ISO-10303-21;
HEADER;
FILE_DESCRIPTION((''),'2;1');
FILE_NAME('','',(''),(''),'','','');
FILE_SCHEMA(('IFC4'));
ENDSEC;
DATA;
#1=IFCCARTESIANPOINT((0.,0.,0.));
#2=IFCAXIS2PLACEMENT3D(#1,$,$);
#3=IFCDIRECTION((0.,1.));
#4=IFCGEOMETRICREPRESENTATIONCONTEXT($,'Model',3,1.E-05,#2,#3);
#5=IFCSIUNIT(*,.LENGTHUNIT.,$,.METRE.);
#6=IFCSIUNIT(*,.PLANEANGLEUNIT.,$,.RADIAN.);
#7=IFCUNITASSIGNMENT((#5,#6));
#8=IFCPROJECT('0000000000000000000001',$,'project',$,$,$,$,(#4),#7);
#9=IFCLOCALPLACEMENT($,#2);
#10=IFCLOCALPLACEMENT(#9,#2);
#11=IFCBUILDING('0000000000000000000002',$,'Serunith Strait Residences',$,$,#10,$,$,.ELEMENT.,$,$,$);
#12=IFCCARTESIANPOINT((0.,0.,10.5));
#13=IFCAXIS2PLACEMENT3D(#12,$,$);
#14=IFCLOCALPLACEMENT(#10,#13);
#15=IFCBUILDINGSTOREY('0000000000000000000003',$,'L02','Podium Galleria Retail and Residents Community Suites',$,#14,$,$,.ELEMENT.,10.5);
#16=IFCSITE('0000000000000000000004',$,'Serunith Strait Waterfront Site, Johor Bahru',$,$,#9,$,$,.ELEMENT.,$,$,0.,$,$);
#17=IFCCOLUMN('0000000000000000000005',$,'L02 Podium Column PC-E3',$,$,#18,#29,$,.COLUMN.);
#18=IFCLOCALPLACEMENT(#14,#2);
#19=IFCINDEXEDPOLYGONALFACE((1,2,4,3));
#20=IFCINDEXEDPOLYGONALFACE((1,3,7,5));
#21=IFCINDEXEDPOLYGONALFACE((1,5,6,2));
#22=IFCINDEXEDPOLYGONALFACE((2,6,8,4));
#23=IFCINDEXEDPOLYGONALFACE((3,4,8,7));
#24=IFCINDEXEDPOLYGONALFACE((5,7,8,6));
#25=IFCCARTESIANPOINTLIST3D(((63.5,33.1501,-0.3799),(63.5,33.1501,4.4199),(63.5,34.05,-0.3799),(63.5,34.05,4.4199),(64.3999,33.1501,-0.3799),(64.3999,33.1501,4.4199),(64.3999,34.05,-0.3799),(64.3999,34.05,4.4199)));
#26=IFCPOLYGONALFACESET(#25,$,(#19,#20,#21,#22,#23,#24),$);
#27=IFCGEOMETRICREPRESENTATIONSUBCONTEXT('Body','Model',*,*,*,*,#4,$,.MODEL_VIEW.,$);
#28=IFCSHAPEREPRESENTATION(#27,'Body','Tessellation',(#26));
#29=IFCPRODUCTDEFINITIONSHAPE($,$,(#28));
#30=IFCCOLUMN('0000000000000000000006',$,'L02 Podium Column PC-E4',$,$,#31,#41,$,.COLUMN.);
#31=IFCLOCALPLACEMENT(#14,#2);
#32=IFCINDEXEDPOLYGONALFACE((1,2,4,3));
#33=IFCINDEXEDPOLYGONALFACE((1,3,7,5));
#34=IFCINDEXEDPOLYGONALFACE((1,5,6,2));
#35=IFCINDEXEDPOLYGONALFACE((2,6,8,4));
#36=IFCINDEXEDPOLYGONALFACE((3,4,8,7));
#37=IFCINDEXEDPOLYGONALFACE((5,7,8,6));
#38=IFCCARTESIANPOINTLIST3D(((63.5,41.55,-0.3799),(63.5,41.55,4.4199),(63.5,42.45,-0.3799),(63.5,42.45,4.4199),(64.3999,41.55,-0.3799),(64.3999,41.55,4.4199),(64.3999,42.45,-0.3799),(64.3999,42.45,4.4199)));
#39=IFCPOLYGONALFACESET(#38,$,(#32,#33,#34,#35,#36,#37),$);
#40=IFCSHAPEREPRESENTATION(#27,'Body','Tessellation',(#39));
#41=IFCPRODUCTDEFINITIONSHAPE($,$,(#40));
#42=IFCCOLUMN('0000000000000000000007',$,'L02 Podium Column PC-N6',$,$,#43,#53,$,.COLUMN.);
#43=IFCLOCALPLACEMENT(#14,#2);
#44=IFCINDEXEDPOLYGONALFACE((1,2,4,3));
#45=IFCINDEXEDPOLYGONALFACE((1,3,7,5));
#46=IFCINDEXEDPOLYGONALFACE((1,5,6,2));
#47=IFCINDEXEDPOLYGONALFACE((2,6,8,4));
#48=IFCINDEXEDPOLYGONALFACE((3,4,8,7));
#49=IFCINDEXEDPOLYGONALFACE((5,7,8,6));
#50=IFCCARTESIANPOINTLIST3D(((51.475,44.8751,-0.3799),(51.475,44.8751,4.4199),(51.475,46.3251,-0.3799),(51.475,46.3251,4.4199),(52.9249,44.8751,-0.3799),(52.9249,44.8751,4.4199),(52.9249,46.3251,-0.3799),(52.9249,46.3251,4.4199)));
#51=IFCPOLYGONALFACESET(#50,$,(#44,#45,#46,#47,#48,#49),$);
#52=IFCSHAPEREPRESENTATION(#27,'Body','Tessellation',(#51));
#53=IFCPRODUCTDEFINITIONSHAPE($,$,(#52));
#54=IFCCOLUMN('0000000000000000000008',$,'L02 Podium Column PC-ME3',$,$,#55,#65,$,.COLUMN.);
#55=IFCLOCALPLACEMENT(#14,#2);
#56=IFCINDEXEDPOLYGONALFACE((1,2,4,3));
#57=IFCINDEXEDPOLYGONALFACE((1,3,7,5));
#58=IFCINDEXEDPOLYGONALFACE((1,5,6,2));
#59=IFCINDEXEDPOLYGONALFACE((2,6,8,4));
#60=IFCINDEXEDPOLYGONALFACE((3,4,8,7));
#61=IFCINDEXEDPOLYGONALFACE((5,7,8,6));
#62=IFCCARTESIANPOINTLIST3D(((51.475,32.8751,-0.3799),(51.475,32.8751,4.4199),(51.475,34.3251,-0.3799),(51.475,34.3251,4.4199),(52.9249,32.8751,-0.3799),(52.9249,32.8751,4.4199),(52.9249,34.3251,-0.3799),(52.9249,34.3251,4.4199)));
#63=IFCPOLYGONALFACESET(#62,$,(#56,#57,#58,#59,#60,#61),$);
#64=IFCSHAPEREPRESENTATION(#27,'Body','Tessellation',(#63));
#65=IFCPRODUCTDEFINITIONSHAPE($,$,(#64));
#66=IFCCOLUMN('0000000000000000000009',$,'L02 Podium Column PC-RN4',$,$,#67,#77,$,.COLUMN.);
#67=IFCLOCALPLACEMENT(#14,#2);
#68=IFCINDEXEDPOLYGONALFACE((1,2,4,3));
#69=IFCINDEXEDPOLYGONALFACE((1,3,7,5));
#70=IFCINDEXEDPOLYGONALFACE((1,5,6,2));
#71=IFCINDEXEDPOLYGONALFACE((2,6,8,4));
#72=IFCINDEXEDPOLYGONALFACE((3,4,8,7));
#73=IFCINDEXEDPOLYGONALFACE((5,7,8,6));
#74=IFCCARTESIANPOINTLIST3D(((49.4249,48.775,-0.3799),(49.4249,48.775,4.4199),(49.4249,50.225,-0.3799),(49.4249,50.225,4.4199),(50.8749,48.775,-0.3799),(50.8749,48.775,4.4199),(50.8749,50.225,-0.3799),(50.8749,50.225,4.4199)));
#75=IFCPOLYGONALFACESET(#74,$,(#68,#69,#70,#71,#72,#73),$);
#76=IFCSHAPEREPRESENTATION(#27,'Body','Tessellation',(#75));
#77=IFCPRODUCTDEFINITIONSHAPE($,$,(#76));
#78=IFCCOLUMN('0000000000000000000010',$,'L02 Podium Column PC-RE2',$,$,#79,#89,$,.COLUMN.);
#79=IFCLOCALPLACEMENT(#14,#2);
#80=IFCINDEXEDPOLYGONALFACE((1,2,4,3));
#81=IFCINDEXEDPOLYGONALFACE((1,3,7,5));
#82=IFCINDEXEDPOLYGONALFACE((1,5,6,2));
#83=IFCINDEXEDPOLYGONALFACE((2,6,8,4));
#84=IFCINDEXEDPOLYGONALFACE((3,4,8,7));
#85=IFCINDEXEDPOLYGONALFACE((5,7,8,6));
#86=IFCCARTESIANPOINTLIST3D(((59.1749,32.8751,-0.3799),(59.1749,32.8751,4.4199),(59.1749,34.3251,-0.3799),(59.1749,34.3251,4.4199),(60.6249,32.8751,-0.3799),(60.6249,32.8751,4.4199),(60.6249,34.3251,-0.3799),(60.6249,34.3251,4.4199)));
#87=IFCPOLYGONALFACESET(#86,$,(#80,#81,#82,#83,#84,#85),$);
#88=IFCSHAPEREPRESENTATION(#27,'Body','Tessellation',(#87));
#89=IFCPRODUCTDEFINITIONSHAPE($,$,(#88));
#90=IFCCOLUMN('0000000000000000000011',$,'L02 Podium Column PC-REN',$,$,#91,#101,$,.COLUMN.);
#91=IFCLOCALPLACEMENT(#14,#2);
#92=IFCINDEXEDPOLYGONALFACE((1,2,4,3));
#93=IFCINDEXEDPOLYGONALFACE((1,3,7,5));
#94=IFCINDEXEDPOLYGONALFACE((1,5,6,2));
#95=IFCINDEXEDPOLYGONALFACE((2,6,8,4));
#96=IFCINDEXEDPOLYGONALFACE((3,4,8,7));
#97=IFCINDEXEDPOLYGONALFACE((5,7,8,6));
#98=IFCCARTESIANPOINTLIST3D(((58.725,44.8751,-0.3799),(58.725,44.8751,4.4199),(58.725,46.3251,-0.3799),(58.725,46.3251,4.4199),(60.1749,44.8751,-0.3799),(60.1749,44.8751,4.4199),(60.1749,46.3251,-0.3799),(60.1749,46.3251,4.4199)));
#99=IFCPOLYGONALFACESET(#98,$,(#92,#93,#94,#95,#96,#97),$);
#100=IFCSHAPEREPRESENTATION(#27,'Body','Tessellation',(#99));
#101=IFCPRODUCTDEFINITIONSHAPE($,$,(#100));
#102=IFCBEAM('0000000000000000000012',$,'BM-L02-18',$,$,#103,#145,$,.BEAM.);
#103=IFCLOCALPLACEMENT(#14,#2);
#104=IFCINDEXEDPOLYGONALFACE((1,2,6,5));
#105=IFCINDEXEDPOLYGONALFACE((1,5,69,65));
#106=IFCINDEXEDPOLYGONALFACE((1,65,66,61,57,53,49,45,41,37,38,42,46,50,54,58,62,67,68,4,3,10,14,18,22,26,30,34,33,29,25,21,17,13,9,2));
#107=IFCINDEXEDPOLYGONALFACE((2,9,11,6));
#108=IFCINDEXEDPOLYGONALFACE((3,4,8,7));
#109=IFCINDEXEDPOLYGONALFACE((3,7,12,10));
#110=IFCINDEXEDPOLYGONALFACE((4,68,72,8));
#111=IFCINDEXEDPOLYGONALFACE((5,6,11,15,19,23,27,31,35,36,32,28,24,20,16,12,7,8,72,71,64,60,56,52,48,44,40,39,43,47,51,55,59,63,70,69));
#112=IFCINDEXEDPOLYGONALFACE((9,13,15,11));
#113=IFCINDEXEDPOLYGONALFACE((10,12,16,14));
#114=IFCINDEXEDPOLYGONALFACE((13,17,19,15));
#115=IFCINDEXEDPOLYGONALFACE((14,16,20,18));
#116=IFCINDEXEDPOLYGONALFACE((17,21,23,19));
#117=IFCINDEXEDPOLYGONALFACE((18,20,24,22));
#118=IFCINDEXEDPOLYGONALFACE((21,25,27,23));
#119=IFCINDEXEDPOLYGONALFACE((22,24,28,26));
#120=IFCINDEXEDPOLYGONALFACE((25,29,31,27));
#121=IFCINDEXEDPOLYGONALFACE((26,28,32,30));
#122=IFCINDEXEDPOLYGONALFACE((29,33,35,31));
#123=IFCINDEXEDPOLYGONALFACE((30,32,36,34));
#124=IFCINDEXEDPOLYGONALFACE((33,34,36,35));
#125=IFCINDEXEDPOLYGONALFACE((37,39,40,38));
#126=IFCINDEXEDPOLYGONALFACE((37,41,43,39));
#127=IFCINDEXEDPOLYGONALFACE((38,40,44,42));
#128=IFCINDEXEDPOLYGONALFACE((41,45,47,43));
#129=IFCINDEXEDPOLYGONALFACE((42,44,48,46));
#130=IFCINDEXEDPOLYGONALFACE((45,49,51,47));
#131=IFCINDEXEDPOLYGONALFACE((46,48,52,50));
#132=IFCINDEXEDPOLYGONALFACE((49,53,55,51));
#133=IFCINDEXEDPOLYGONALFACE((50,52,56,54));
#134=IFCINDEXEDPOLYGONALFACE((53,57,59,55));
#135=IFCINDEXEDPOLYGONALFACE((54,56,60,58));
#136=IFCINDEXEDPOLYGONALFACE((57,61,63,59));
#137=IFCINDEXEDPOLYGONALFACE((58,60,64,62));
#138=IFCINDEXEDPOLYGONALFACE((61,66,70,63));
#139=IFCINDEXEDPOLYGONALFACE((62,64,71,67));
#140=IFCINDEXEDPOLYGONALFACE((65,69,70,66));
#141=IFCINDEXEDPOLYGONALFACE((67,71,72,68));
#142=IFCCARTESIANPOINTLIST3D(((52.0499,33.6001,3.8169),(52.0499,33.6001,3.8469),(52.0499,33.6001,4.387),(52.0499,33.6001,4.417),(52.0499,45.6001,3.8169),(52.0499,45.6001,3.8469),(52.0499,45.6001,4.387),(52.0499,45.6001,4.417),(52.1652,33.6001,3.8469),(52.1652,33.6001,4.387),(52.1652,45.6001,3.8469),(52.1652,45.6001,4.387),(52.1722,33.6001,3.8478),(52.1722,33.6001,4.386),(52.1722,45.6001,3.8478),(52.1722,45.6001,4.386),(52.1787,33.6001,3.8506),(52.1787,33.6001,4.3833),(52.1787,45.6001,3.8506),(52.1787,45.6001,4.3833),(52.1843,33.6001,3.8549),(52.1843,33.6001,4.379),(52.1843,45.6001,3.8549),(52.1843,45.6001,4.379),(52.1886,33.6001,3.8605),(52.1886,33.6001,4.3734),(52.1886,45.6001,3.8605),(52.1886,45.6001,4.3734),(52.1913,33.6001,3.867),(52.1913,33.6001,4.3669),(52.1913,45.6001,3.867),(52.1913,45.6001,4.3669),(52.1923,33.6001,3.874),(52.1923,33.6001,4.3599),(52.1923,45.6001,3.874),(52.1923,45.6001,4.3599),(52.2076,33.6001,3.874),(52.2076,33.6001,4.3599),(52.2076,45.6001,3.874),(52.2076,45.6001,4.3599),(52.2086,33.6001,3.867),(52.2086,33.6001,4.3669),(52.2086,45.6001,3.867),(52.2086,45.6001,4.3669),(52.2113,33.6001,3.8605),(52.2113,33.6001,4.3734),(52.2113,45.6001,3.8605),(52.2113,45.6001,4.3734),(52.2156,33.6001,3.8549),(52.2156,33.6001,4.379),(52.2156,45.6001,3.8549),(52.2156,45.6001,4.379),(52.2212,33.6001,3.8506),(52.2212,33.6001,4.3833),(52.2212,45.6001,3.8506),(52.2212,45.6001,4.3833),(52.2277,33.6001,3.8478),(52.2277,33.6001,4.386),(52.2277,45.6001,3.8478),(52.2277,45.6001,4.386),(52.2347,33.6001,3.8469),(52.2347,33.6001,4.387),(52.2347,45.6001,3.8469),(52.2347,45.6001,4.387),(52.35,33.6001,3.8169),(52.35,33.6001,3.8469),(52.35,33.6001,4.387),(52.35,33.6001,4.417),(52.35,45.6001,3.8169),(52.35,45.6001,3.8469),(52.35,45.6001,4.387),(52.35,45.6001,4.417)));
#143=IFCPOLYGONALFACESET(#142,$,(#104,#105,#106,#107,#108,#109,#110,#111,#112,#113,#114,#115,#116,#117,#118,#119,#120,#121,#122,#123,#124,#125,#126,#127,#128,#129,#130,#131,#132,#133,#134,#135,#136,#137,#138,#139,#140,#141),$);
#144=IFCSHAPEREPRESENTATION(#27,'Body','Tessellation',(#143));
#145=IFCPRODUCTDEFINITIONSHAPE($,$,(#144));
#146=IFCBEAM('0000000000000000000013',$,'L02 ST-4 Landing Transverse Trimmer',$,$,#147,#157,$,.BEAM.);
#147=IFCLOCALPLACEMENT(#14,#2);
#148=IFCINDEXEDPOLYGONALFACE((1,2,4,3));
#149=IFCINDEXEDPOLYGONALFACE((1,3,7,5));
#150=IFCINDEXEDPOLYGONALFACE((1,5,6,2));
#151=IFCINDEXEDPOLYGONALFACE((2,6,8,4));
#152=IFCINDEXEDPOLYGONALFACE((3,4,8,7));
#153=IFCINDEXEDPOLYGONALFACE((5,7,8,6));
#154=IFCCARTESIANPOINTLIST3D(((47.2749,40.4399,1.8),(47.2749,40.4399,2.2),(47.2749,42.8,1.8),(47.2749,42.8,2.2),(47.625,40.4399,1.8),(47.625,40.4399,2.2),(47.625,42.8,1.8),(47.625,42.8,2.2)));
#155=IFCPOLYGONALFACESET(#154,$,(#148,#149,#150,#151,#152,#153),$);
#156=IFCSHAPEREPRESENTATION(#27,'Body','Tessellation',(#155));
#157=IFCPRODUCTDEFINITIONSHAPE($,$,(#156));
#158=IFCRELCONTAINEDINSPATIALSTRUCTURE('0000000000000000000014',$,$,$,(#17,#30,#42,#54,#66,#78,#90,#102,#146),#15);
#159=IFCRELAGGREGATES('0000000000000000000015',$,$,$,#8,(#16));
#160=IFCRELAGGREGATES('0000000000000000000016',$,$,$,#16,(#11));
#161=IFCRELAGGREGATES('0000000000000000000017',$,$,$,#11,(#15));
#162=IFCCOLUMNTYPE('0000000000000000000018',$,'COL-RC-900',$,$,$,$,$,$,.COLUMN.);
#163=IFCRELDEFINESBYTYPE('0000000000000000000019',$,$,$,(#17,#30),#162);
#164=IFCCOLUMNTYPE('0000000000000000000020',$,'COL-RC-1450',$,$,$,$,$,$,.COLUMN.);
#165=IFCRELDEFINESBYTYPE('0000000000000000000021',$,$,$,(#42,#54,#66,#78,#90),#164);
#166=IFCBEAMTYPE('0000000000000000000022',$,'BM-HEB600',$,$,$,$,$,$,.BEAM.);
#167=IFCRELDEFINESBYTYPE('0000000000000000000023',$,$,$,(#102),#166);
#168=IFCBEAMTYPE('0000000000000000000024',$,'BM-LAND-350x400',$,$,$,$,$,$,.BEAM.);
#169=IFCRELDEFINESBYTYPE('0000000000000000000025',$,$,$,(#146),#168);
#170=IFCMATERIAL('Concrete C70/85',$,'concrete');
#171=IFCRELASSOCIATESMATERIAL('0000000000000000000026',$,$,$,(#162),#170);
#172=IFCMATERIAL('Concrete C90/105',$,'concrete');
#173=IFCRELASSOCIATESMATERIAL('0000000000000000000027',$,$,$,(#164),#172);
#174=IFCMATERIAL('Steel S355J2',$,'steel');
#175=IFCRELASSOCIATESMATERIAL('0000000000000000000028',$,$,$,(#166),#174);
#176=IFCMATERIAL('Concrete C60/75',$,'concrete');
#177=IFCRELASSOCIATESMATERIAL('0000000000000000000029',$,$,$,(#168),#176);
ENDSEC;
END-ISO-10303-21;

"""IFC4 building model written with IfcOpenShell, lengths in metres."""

from ifc_helpers import new_model, si_unit, direction, frame, origin, origin_2d, place, context, subcontext, project, spatial, rectangle, i_section, extrude, source, transform, mapped, material, material_profile, profile_set, type_object, element, save


model = new_model("IFC4")

# Units and contexts
model_context = context("Model", 3, precision=1e-05, world=origin(), true_north=direction((0.0, 1.0)))
body_context = subcontext(model_context, "Body", "Model", "MODEL_VIEW")
ifc_project = project(units=[si_unit("LENGTHUNIT", "METRE"), si_unit("PLANEANGLEUNIT", "RADIAN")], contexts=[model_context])

# Site, building, storey
site_placement = place(None, origin())
site = spatial("IfcSite", under=ifc_project, at=site_placement, Name="Serunith Strait Waterfront Site, Johor Bahru", CompositionType="ELEMENT", RefElevation=0.0)
building_placement = place(site_placement, origin())
building = spatial("IfcBuilding", under=site, at=building_placement, Name="Serunith Strait Residences", CompositionType="ELEMENT")
storey_placement = place(building_placement, frame((0.0, 0.0, 10.5)))
storey = spatial("IfcBuildingStorey", under=building, at=storey_placement, Name="L02", Description="Podium Galleria Retail and Residents Community Suites", CompositionType="ELEMENT", Elevation=10.5)

# Columns
ifc_material_1 = material(Name="Concrete C70/85", Category="concrete")
ifc_material_profile_1 = material_profile(ifc_material_1, rectangle(XDim=0.8999, YDim=0.8999, at=origin_2d()), Name="RC 900x900")
ifc_profile_set_1 = profile_set([ifc_material_profile_1], Name="Concrete C70/85")
column_type_1 = type_object("IfcColumnType", Name="COL-RC-900", PredefinedType="COLUMN", material=ifc_profile_set_1)
shared_shape_1 = source(origin(), body_context, "Body", "SweptSolid", [
    extrude(rectangle(XDim=0.8999, YDim=0.8999, at=origin_2d()), origin(), (0.0, 0.0, 1.0), 4.7998),
])
for number, where, z_axis, x_axis, name in (
    (1, (63.95, 33.6001, -0.3799), (0.0, 0.0, 1.0), (1.0, 0.0, 0.0), "L02 Podium Column PC-E3"),
    (2, (63.95, 42.0, -0.3799), (0.0, 0.0, 1.0), (1.0, 0.0, 0.0), "L02 Podium Column PC-E4"),
):
    element("IfcColumn", number, at=place(storey_placement, frame(where, z_axis=z_axis, x_axis=x_axis)), inside=storey, type_object=column_type_1, Name=name, PredefinedType="COLUMN", context=body_context, shape_type="MappedRepresentation", body=[
        mapped(shared_shape_1, transform((0.0, 0.0, 0.0), scale=1.0)),
    ])
ifc_material_2 = material(Name="Concrete C90/105", Category="concrete")
ifc_material_profile_2 = material_profile(ifc_material_2, rectangle(XDim=1.45, YDim=1.45, at=origin_2d()), Name="RC 1450x1450")
ifc_profile_set_2 = profile_set([ifc_material_profile_2], Name="Concrete C90/105")
column_type_2 = type_object("IfcColumnType", Name="COL-RC-1450", PredefinedType="COLUMN", material=ifc_profile_set_2)
shared_shape_2 = source(origin(), body_context, "Body", "SweptSolid", [
    extrude(rectangle(XDim=1.45, YDim=1.45, at=origin_2d()), origin(), (0.0, 0.0, 1.0), 4.7998),
])
for number, where, z_axis, x_axis, name in (
    (3, (52.2, 45.6001, -0.3799), (0.0, 0.0, 1.0), (1.0, 0.0, 0.0), "L02 Podium Column PC-N6"),
    (4, (52.2, 33.6001, -0.3799), (0.0, 0.0, 1.0), (1.0, 0.0, 0.0), "L02 Podium Column PC-ME3"),
    (5, (50.1499, 49.5, -0.3799), (0.0, 0.0, 1.0), (1.0, 0.0, 0.0), "L02 Podium Column PC-RN4"),
    (6, (59.8999, 33.6001, -0.3799), (0.0, 0.0, 1.0), (1.0, 0.0, 0.0), "L02 Podium Column PC-RE2"),
    (7, (59.45, 45.6001, -0.3799), (0.0, 0.0, 1.0), (1.0, 0.0, 0.0), "L02 Podium Column PC-REN"),
):
    element("IfcColumn", number, at=place(storey_placement, frame(where, z_axis=z_axis, x_axis=x_axis)), inside=storey, type_object=column_type_2, Name=name, PredefinedType="COLUMN", context=body_context, shape_type="MappedRepresentation", body=[
        mapped(shared_shape_2, transform((0.0, 0.0, 0.0), scale=1.0)),
    ])

# Beams
ifc_material_3 = material(Name="Steel S355J2", Category="steel")
ifc_material_profile_3 = material_profile(ifc_material_3, i_section(OverallWidth=0.3, OverallDepth=0.6001, WebThickness=0.0154, FlangeThickness=0.03, FilletRadius=0.0271, at=origin_2d()), Name="HEB 600")
ifc_profile_set_3 = profile_set([ifc_material_profile_3], Name="Steel S355J2")
beam_type_1 = type_object("IfcBeamType", Name="BM-HEB600", PredefinedType="BEAM", material=ifc_profile_set_3)
shared_shape_3 = source(origin(), body_context, "Body", "SweptSolid", [
    extrude(i_section(OverallWidth=0.3, OverallDepth=0.6001, WebThickness=0.0154, FlangeThickness=0.03, FilletRadius=0.0271, at=origin_2d()), origin(), (0.0, 0.0, 1.0), 12.0),
])
beam_1_placement = place(storey_placement, frame((52.2, 33.6001, 4.1169), z_axis=(0.0, 1.0, 0.0), x_axis=(-1.0, 0.0, 0.0)))
element("IfcBeam", 8, at=beam_1_placement, inside=storey, type_object=beam_type_1, Name="BM-L02-18", PredefinedType="BEAM", context=body_context, shape_type="MappedRepresentation", body=[
    mapped(shared_shape_3, transform((0.0, 0.0, 0.0), scale=1.0)),
])
ifc_material_4 = material(Name="Concrete C60/75", Category="concrete")
ifc_material_profile_4 = material_profile(ifc_material_4, rectangle(XDim=0.3501, YDim=0.3999, at=origin_2d()), Name="RC 350x400")
ifc_profile_set_4 = profile_set([ifc_material_profile_4], Name="Concrete C60/75")
beam_type_2 = type_object("IfcBeamType", Name="BM-LAND-350x400", PredefinedType="BEAM", material=ifc_profile_set_4)
shared_shape_4 = source(origin(), body_context, "Body", "SweptSolid", [
    extrude(rectangle(XDim=0.3501, YDim=0.3999, at=origin_2d()), origin(), (0.0, 0.0, 1.0), 2.3601),
])
beam_2_placement = place(storey_placement, frame((47.45, 40.4399, 2.0), z_axis=(0.0, 1.0, 0.0), x_axis=(-1.0, 0.0, 0.0)))
element("IfcBeam", 9, at=beam_2_placement, inside=storey, type_object=beam_type_2, Name="L02 ST-4 Landing Transverse Trimmer", PredefinedType="BEAM", context=body_context, shape_type="MappedRepresentation", body=[
    mapped(shared_shape_4, transform((0.0, 0.0, 0.0), scale=1.0)),
])

save(model, "model.ifc")
